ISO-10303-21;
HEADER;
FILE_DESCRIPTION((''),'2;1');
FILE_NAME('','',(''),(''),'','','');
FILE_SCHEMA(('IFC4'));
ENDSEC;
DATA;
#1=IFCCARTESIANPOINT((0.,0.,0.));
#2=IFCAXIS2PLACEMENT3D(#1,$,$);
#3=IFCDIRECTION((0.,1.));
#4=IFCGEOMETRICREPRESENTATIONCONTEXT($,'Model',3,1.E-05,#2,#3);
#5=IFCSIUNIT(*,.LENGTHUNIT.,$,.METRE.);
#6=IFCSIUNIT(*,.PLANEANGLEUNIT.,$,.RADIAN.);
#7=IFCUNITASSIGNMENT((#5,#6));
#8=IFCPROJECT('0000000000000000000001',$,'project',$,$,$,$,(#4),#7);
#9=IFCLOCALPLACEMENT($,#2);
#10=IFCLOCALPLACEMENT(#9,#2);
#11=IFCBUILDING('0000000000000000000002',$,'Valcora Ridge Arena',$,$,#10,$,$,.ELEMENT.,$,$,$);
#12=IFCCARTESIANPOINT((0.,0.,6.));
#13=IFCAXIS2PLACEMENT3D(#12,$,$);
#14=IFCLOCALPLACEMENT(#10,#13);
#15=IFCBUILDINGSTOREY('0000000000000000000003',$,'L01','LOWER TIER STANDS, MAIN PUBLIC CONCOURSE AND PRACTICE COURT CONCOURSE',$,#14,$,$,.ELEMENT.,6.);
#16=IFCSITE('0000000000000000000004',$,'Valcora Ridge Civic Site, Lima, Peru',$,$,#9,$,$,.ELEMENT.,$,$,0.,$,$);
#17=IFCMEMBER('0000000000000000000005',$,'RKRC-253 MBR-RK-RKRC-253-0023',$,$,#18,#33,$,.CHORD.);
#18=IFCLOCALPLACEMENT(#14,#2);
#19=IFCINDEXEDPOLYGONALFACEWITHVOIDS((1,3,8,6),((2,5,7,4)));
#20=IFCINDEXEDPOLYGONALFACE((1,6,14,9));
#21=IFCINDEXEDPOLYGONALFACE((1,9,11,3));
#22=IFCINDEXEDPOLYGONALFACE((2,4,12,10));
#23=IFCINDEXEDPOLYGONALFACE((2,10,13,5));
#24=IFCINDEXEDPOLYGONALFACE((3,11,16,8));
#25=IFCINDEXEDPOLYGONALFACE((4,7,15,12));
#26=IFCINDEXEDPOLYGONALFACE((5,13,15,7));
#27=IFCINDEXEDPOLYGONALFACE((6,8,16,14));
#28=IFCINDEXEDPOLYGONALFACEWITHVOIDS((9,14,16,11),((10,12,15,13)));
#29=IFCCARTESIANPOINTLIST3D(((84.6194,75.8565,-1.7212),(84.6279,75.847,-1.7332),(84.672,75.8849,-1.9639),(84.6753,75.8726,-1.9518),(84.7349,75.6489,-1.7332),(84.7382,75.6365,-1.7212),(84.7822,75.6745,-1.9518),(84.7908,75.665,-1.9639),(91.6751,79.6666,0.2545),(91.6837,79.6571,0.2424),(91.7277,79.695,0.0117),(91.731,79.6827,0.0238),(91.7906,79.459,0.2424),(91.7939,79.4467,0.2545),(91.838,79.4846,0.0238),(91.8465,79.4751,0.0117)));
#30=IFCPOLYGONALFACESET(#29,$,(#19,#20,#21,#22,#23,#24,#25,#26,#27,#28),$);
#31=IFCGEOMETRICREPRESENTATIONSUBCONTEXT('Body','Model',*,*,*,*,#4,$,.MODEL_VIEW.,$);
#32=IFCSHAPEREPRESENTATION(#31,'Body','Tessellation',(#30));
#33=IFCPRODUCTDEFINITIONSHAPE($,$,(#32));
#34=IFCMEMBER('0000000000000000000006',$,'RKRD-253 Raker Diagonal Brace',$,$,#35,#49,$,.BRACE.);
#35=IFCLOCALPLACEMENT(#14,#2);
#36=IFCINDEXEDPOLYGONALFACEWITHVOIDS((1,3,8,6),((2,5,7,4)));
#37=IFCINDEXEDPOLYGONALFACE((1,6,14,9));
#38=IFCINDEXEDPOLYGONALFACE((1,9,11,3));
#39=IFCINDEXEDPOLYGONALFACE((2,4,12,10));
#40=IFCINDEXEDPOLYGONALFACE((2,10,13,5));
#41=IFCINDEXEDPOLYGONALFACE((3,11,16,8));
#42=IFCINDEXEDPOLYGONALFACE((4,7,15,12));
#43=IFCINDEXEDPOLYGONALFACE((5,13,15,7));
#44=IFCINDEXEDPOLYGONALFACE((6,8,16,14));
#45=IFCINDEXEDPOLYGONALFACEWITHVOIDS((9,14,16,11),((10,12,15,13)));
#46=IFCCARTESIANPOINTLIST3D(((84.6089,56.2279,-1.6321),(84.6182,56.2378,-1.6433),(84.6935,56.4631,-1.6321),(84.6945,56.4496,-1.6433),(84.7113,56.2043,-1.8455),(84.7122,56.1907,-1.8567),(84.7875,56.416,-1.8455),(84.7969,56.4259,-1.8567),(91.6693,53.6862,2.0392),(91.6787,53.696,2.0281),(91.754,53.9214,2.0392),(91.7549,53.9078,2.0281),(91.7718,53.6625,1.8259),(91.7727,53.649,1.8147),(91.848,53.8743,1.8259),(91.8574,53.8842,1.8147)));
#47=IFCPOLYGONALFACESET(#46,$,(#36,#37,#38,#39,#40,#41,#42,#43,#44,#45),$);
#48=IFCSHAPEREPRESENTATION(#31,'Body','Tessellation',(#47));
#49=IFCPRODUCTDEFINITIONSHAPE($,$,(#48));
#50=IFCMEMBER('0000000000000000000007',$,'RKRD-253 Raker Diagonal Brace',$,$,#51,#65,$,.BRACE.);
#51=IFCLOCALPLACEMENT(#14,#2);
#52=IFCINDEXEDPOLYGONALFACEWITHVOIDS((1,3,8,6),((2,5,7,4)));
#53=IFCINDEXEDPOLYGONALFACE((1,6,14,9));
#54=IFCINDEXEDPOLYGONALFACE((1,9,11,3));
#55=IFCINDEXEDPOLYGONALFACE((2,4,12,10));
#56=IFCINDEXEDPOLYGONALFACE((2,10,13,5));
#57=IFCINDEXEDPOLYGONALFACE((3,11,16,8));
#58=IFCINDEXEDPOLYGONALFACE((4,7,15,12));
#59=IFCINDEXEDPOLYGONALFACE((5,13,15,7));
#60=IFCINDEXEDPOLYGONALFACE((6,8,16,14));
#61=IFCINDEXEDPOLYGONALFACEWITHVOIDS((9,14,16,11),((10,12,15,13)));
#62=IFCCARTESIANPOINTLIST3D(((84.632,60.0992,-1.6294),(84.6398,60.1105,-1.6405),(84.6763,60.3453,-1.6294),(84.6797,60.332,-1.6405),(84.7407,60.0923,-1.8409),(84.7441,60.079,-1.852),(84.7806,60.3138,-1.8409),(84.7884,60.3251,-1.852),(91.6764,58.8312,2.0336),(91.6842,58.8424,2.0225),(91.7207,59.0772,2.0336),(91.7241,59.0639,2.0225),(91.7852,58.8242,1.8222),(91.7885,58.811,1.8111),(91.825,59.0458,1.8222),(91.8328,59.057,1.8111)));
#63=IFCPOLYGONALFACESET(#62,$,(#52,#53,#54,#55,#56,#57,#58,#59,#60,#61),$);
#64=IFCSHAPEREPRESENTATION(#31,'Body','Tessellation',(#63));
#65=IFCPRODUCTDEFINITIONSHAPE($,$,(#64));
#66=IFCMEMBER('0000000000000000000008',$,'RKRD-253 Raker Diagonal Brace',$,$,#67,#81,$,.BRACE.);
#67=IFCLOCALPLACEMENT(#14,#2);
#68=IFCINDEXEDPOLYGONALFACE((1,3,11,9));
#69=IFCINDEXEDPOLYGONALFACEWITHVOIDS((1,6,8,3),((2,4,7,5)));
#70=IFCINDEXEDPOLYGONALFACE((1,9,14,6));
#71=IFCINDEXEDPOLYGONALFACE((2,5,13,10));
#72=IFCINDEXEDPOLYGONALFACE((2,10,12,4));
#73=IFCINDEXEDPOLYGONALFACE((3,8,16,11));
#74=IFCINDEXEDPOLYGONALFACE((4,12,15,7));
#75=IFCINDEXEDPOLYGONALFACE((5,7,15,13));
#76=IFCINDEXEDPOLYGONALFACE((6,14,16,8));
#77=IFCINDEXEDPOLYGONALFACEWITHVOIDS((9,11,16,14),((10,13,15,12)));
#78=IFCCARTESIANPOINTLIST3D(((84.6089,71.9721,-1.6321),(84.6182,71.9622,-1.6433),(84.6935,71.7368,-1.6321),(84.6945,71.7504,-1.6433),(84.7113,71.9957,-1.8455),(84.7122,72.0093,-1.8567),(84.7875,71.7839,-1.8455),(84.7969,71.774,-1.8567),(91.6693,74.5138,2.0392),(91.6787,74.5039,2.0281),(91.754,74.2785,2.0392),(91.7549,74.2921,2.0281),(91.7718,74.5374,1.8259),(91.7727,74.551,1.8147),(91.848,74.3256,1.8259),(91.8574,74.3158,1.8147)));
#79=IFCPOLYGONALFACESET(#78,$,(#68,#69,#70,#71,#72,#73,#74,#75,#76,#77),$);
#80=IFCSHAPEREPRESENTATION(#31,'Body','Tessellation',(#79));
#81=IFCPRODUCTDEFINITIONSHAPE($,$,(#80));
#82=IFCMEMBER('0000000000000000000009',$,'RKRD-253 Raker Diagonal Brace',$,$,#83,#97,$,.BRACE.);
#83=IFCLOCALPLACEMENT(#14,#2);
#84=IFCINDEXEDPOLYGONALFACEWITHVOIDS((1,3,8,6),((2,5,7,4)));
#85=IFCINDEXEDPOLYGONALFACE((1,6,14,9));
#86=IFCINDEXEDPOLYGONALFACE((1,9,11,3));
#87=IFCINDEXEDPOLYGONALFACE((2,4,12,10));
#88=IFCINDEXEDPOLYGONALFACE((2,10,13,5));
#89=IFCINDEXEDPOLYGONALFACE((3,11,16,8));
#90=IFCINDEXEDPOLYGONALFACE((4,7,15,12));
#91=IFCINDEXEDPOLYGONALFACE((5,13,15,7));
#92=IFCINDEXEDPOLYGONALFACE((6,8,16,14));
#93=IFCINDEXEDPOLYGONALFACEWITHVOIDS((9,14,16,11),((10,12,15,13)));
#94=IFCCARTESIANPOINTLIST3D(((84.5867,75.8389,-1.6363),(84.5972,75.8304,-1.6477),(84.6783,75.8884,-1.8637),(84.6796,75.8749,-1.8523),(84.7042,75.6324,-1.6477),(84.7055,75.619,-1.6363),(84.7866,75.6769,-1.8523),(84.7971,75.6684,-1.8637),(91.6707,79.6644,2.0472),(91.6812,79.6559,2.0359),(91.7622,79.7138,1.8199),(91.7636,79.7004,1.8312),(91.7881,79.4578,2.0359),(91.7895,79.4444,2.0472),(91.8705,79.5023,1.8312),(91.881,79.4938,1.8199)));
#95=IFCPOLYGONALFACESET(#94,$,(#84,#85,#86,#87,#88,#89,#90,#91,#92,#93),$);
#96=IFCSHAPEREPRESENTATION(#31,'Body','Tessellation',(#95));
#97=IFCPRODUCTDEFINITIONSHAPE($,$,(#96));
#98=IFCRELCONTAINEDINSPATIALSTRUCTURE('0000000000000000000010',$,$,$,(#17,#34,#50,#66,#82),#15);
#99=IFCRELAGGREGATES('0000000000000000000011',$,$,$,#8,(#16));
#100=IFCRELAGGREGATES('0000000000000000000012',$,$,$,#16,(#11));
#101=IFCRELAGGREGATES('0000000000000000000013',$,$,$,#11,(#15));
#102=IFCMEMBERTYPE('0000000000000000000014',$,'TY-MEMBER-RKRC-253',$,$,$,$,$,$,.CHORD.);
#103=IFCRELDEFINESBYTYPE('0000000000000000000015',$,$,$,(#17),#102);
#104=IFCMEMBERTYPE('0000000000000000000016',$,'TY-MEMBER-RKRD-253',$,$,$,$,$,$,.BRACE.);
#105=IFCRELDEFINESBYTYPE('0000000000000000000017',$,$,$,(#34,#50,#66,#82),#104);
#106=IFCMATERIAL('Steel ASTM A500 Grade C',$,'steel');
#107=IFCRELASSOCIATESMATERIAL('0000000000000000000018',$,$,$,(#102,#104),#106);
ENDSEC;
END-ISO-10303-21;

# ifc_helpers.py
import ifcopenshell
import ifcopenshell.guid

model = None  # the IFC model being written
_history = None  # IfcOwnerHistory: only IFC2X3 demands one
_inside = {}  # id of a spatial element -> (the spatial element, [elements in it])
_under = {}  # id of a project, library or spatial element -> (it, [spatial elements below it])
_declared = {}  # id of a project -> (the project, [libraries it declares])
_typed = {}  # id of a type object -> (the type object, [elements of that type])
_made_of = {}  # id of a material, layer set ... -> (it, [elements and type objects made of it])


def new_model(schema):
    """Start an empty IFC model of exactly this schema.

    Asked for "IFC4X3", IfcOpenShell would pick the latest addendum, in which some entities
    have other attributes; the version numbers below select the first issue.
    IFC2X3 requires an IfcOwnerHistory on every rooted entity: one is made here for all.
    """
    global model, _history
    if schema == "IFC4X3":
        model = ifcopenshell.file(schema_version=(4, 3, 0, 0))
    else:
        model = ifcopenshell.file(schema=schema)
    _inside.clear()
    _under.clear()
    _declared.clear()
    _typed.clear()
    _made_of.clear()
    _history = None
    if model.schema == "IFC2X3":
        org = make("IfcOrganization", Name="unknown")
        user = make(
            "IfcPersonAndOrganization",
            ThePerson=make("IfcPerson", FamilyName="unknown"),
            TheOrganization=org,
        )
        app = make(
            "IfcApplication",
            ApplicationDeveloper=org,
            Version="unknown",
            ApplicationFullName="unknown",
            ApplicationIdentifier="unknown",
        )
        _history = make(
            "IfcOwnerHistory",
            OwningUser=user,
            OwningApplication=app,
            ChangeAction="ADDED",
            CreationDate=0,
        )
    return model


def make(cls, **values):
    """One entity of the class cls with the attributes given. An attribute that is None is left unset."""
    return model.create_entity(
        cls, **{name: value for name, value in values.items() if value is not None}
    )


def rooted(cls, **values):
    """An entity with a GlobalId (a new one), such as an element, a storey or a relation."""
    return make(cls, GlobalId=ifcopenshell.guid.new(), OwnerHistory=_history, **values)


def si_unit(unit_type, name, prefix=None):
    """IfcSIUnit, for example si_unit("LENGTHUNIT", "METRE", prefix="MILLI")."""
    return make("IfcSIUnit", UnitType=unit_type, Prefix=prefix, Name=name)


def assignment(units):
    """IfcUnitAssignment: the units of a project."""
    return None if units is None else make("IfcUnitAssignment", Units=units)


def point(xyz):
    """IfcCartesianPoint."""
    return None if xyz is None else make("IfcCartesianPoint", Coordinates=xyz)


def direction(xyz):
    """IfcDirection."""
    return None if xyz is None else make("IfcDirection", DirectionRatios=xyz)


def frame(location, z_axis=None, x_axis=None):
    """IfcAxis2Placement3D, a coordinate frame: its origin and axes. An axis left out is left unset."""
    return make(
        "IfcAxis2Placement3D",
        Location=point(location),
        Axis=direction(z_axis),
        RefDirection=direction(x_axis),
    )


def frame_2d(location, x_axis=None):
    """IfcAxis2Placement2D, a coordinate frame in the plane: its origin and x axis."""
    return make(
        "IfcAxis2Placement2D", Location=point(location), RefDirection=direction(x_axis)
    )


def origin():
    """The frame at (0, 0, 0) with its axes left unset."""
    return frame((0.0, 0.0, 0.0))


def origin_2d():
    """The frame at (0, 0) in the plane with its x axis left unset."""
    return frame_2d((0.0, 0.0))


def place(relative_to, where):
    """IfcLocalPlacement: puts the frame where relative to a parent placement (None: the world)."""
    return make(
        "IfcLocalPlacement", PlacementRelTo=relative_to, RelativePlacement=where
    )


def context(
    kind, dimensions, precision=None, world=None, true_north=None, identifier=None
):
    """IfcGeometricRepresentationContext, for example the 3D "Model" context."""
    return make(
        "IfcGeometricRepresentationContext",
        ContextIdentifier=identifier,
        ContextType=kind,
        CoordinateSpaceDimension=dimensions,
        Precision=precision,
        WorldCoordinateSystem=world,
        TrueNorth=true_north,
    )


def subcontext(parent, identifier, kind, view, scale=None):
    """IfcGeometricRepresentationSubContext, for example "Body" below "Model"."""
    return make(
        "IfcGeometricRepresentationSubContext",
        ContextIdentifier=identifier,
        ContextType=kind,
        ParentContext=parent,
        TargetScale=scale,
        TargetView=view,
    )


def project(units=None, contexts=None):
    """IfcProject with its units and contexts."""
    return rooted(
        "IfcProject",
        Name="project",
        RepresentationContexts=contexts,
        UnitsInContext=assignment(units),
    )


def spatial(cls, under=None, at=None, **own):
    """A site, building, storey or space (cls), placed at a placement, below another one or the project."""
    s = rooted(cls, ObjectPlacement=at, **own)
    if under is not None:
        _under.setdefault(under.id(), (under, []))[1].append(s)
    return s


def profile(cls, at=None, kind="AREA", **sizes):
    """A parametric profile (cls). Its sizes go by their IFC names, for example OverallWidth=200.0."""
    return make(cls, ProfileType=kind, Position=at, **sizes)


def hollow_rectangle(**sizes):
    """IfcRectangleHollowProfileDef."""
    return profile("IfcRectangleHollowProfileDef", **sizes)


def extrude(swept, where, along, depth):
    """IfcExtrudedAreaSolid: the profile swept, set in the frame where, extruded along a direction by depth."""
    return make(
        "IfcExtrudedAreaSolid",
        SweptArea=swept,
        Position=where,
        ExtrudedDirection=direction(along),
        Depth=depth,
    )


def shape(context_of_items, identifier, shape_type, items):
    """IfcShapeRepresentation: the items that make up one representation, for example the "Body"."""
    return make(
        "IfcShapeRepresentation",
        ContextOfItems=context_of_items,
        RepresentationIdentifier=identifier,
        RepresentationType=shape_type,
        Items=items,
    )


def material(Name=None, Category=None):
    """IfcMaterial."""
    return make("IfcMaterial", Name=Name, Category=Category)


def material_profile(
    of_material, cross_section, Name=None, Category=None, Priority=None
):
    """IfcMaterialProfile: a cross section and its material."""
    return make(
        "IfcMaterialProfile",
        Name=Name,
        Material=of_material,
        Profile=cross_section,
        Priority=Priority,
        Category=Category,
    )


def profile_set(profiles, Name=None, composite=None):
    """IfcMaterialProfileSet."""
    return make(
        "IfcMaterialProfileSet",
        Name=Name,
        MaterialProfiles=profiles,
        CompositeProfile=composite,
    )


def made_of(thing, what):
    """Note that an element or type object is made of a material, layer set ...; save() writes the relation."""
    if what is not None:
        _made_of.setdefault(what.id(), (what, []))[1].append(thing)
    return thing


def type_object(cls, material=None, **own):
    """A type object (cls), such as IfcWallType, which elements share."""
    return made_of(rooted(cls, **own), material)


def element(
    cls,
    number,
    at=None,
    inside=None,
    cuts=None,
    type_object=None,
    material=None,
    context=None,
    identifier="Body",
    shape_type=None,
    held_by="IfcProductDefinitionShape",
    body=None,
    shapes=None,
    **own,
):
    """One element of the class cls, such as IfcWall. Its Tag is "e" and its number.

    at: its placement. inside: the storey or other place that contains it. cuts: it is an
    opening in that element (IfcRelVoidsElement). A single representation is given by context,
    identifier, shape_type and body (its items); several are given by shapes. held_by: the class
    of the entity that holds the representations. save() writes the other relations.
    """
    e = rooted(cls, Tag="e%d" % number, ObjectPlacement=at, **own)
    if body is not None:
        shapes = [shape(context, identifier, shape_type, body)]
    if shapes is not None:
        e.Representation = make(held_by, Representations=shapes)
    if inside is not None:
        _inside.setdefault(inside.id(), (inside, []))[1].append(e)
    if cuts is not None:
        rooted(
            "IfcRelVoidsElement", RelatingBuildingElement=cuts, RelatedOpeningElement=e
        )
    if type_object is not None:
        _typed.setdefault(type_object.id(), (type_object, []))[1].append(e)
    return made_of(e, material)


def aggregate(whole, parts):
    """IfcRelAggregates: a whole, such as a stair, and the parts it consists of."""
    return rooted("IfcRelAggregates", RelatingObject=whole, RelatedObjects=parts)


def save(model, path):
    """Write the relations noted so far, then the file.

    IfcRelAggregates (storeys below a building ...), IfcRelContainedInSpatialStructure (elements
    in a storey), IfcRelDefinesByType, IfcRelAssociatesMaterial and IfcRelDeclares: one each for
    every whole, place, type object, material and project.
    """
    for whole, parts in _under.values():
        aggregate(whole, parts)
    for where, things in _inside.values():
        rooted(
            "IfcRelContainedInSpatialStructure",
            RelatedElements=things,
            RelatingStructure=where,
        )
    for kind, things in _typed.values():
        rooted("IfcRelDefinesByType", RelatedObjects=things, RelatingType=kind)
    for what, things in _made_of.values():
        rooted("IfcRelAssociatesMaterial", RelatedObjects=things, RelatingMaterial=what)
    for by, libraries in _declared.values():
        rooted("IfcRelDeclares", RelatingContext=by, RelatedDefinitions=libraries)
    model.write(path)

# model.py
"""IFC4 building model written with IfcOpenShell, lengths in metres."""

from ifc_helpers import new_model, si_unit, direction, frame, origin, origin_2d, place, context, subcontext, project, spatial, hollow_rectangle, extrude, material, material_profile, profile_set, type_object, element, save


model = new_model("IFC4")

# Units and contexts
model_context = context("Model", 3, precision=1e-05, world=origin(), true_north=direction((0.0, 1.0)))
body_context = subcontext(model_context, "Body", "Model", "MODEL_VIEW")
ifc_project = project(units=[si_unit("LENGTHUNIT", "METRE"), si_unit("PLANEANGLEUNIT", "RADIAN")], contexts=[model_context])

# Site, building, storey
site_placement = place(None, origin())
site = spatial("IfcSite", under=ifc_project, at=site_placement, Name="Valcora Ridge Civic Site, Lima, Peru", CompositionType="ELEMENT", RefElevation=0.0)
building_placement = place(site_placement, origin())
building = spatial("IfcBuilding", under=site, at=building_placement, Name="Valcora Ridge Arena", CompositionType="ELEMENT")
storey_placement = place(building_placement, frame((0.0, 0.0, 6.0)))
storey = spatial("IfcBuildingStorey", under=building, at=storey_placement, Name="L01", Description="LOWER TIER STANDS, MAIN PUBLIC CONCOURSE AND PRACTICE COURT CONCOURSE", CompositionType="ELEMENT", Elevation=6.0)

# Members
ifc_material_1 = material(Name="Steel ASTM A500 Grade C", Category="steel")
ifc_material_profile_1 = material_profile(ifc_material_1, hollow_rectangle(XDim=0.25, YDim=0.25, WallThickness=0.0125, at=origin_2d()), Name="HSS250X250X12")
ifc_profile_set_1 = profile_set([ifc_material_profile_1], Name="Steel ASTM A500 Grade C")
member_type_1 = type_object("IfcMemberType", Name="TY-MEMBER-RKRC-253", PredefinedType="CHORD", material=ifc_profile_set_1)
member_1_placement = place(storey_placement, frame((84.7051, 75.7607, -1.8425), z_axis=(0.854358, 0.461353, 0.23922), x_axis=(-0.475149, 0.879905, 0.0)))
element("IfcMember", 1, at=member_1_placement, inside=storey, type_object=member_type_1, Name="RKRC-253 MBR-RK-RKRC-253-0023", PredefinedType="CHORD", context=body_context, shape_type="SweptSolid", body=[
    extrude(hollow_rectangle(XDim=0.25, YDim=0.25, WallThickness=0.0125, at=origin_2d()), origin(), (0.0, 0.0, 1.0), 8.2585),
])
ifc_material_profile_2 = material_profile(ifc_material_1, hollow_rectangle(XDim=0.25, YDim=0.25, WallThickness=0.0125, at=origin_2d()), Name="HSS250X250X12")
ifc_profile_set_2 = profile_set([ifc_material_profile_2], Name="Steel ASTM A500 Grade C")
member_type_2 = type_object("IfcMemberType", Name="TY-MEMBER-RKRD-253", PredefinedType="BRACE", material=ifc_profile_set_2)
member_2_placement = place(storey_placement, frame((84.7029, 56.3269, -1.7444), z_axis=(0.84516, -0.304252, 0.439472), x_axis=(0.338714, 0.940889, 0.0)))
element("IfcMember", 2, at=member_2_placement, inside=storey, type_object=member_type_2, Name="RKRD-253 Raker Diagonal Brace", PredefinedType="BRACE", context=body_context, shape_type="SweptSolid", body=[
    extrude(hollow_rectangle(XDim=0.25, YDim=0.25, WallThickness=0.0125, at=origin_2d()), origin(), (0.0, 0.0, 1.0), 8.354),
])
member_3_placement = place(storey_placement, frame((84.7102, 60.2122, -1.7407), z_axis=(0.876115, -0.157709, 0.455577), x_axis=(0.177162, 0.984182, 0.0)))
element("IfcMember", 3, at=member_3_placement, inside=storey, type_object=member_type_2, Name="RKRD-253 Raker Diagonal Brace", PredefinedType="BRACE", context=body_context, shape_type="SweptSolid", body=[
    extrude(hollow_rectangle(XDim=0.25, YDim=0.25, WallThickness=0.0125, at=origin_2d()), origin(), (0.0, 0.0, 1.0), 8.0405),
])
member_4_placement = place(storey_placement, frame((84.7029, 71.873, -1.7444), z_axis=(0.84516, 0.304252, 0.439472), x_axis=(-0.338714, 0.940889, 0.0)))
element("IfcMember", 4, at=member_4_placement, inside=storey, type_object=member_type_2, Name="RKRD-253 Raker Diagonal Brace", PredefinedType="BRACE", context=body_context, shape_type="SweptSolid", body=[
    extrude(hollow_rectangle(XDim=0.25, YDim=0.25, WallThickness=0.0125, at=origin_2d()), origin(), (0.0, 0.0, 1.0), 8.354),
])
member_5_placement = place(storey_placement, frame((84.6919, 75.7537, -1.75), z_axis=(0.800128, 0.432079, 0.416057), x_axis=(-0.475157, 0.879901, 0.0)))
element("IfcMember", 5, at=member_5_placement, inside=storey, type_object=member_type_2, Name="RKRD-253 Raker Diagonal Brace", PredefinedType="BRACE", context=body_context, shape_type="SweptSolid", body=[
    extrude(hollow_rectangle(XDim=0.25, YDim=0.25, WallThickness=0.0125, at=origin_2d()), origin(), (0.0, 0.0, 1.0), 8.8535),
])

save(model, "model.ifc")
